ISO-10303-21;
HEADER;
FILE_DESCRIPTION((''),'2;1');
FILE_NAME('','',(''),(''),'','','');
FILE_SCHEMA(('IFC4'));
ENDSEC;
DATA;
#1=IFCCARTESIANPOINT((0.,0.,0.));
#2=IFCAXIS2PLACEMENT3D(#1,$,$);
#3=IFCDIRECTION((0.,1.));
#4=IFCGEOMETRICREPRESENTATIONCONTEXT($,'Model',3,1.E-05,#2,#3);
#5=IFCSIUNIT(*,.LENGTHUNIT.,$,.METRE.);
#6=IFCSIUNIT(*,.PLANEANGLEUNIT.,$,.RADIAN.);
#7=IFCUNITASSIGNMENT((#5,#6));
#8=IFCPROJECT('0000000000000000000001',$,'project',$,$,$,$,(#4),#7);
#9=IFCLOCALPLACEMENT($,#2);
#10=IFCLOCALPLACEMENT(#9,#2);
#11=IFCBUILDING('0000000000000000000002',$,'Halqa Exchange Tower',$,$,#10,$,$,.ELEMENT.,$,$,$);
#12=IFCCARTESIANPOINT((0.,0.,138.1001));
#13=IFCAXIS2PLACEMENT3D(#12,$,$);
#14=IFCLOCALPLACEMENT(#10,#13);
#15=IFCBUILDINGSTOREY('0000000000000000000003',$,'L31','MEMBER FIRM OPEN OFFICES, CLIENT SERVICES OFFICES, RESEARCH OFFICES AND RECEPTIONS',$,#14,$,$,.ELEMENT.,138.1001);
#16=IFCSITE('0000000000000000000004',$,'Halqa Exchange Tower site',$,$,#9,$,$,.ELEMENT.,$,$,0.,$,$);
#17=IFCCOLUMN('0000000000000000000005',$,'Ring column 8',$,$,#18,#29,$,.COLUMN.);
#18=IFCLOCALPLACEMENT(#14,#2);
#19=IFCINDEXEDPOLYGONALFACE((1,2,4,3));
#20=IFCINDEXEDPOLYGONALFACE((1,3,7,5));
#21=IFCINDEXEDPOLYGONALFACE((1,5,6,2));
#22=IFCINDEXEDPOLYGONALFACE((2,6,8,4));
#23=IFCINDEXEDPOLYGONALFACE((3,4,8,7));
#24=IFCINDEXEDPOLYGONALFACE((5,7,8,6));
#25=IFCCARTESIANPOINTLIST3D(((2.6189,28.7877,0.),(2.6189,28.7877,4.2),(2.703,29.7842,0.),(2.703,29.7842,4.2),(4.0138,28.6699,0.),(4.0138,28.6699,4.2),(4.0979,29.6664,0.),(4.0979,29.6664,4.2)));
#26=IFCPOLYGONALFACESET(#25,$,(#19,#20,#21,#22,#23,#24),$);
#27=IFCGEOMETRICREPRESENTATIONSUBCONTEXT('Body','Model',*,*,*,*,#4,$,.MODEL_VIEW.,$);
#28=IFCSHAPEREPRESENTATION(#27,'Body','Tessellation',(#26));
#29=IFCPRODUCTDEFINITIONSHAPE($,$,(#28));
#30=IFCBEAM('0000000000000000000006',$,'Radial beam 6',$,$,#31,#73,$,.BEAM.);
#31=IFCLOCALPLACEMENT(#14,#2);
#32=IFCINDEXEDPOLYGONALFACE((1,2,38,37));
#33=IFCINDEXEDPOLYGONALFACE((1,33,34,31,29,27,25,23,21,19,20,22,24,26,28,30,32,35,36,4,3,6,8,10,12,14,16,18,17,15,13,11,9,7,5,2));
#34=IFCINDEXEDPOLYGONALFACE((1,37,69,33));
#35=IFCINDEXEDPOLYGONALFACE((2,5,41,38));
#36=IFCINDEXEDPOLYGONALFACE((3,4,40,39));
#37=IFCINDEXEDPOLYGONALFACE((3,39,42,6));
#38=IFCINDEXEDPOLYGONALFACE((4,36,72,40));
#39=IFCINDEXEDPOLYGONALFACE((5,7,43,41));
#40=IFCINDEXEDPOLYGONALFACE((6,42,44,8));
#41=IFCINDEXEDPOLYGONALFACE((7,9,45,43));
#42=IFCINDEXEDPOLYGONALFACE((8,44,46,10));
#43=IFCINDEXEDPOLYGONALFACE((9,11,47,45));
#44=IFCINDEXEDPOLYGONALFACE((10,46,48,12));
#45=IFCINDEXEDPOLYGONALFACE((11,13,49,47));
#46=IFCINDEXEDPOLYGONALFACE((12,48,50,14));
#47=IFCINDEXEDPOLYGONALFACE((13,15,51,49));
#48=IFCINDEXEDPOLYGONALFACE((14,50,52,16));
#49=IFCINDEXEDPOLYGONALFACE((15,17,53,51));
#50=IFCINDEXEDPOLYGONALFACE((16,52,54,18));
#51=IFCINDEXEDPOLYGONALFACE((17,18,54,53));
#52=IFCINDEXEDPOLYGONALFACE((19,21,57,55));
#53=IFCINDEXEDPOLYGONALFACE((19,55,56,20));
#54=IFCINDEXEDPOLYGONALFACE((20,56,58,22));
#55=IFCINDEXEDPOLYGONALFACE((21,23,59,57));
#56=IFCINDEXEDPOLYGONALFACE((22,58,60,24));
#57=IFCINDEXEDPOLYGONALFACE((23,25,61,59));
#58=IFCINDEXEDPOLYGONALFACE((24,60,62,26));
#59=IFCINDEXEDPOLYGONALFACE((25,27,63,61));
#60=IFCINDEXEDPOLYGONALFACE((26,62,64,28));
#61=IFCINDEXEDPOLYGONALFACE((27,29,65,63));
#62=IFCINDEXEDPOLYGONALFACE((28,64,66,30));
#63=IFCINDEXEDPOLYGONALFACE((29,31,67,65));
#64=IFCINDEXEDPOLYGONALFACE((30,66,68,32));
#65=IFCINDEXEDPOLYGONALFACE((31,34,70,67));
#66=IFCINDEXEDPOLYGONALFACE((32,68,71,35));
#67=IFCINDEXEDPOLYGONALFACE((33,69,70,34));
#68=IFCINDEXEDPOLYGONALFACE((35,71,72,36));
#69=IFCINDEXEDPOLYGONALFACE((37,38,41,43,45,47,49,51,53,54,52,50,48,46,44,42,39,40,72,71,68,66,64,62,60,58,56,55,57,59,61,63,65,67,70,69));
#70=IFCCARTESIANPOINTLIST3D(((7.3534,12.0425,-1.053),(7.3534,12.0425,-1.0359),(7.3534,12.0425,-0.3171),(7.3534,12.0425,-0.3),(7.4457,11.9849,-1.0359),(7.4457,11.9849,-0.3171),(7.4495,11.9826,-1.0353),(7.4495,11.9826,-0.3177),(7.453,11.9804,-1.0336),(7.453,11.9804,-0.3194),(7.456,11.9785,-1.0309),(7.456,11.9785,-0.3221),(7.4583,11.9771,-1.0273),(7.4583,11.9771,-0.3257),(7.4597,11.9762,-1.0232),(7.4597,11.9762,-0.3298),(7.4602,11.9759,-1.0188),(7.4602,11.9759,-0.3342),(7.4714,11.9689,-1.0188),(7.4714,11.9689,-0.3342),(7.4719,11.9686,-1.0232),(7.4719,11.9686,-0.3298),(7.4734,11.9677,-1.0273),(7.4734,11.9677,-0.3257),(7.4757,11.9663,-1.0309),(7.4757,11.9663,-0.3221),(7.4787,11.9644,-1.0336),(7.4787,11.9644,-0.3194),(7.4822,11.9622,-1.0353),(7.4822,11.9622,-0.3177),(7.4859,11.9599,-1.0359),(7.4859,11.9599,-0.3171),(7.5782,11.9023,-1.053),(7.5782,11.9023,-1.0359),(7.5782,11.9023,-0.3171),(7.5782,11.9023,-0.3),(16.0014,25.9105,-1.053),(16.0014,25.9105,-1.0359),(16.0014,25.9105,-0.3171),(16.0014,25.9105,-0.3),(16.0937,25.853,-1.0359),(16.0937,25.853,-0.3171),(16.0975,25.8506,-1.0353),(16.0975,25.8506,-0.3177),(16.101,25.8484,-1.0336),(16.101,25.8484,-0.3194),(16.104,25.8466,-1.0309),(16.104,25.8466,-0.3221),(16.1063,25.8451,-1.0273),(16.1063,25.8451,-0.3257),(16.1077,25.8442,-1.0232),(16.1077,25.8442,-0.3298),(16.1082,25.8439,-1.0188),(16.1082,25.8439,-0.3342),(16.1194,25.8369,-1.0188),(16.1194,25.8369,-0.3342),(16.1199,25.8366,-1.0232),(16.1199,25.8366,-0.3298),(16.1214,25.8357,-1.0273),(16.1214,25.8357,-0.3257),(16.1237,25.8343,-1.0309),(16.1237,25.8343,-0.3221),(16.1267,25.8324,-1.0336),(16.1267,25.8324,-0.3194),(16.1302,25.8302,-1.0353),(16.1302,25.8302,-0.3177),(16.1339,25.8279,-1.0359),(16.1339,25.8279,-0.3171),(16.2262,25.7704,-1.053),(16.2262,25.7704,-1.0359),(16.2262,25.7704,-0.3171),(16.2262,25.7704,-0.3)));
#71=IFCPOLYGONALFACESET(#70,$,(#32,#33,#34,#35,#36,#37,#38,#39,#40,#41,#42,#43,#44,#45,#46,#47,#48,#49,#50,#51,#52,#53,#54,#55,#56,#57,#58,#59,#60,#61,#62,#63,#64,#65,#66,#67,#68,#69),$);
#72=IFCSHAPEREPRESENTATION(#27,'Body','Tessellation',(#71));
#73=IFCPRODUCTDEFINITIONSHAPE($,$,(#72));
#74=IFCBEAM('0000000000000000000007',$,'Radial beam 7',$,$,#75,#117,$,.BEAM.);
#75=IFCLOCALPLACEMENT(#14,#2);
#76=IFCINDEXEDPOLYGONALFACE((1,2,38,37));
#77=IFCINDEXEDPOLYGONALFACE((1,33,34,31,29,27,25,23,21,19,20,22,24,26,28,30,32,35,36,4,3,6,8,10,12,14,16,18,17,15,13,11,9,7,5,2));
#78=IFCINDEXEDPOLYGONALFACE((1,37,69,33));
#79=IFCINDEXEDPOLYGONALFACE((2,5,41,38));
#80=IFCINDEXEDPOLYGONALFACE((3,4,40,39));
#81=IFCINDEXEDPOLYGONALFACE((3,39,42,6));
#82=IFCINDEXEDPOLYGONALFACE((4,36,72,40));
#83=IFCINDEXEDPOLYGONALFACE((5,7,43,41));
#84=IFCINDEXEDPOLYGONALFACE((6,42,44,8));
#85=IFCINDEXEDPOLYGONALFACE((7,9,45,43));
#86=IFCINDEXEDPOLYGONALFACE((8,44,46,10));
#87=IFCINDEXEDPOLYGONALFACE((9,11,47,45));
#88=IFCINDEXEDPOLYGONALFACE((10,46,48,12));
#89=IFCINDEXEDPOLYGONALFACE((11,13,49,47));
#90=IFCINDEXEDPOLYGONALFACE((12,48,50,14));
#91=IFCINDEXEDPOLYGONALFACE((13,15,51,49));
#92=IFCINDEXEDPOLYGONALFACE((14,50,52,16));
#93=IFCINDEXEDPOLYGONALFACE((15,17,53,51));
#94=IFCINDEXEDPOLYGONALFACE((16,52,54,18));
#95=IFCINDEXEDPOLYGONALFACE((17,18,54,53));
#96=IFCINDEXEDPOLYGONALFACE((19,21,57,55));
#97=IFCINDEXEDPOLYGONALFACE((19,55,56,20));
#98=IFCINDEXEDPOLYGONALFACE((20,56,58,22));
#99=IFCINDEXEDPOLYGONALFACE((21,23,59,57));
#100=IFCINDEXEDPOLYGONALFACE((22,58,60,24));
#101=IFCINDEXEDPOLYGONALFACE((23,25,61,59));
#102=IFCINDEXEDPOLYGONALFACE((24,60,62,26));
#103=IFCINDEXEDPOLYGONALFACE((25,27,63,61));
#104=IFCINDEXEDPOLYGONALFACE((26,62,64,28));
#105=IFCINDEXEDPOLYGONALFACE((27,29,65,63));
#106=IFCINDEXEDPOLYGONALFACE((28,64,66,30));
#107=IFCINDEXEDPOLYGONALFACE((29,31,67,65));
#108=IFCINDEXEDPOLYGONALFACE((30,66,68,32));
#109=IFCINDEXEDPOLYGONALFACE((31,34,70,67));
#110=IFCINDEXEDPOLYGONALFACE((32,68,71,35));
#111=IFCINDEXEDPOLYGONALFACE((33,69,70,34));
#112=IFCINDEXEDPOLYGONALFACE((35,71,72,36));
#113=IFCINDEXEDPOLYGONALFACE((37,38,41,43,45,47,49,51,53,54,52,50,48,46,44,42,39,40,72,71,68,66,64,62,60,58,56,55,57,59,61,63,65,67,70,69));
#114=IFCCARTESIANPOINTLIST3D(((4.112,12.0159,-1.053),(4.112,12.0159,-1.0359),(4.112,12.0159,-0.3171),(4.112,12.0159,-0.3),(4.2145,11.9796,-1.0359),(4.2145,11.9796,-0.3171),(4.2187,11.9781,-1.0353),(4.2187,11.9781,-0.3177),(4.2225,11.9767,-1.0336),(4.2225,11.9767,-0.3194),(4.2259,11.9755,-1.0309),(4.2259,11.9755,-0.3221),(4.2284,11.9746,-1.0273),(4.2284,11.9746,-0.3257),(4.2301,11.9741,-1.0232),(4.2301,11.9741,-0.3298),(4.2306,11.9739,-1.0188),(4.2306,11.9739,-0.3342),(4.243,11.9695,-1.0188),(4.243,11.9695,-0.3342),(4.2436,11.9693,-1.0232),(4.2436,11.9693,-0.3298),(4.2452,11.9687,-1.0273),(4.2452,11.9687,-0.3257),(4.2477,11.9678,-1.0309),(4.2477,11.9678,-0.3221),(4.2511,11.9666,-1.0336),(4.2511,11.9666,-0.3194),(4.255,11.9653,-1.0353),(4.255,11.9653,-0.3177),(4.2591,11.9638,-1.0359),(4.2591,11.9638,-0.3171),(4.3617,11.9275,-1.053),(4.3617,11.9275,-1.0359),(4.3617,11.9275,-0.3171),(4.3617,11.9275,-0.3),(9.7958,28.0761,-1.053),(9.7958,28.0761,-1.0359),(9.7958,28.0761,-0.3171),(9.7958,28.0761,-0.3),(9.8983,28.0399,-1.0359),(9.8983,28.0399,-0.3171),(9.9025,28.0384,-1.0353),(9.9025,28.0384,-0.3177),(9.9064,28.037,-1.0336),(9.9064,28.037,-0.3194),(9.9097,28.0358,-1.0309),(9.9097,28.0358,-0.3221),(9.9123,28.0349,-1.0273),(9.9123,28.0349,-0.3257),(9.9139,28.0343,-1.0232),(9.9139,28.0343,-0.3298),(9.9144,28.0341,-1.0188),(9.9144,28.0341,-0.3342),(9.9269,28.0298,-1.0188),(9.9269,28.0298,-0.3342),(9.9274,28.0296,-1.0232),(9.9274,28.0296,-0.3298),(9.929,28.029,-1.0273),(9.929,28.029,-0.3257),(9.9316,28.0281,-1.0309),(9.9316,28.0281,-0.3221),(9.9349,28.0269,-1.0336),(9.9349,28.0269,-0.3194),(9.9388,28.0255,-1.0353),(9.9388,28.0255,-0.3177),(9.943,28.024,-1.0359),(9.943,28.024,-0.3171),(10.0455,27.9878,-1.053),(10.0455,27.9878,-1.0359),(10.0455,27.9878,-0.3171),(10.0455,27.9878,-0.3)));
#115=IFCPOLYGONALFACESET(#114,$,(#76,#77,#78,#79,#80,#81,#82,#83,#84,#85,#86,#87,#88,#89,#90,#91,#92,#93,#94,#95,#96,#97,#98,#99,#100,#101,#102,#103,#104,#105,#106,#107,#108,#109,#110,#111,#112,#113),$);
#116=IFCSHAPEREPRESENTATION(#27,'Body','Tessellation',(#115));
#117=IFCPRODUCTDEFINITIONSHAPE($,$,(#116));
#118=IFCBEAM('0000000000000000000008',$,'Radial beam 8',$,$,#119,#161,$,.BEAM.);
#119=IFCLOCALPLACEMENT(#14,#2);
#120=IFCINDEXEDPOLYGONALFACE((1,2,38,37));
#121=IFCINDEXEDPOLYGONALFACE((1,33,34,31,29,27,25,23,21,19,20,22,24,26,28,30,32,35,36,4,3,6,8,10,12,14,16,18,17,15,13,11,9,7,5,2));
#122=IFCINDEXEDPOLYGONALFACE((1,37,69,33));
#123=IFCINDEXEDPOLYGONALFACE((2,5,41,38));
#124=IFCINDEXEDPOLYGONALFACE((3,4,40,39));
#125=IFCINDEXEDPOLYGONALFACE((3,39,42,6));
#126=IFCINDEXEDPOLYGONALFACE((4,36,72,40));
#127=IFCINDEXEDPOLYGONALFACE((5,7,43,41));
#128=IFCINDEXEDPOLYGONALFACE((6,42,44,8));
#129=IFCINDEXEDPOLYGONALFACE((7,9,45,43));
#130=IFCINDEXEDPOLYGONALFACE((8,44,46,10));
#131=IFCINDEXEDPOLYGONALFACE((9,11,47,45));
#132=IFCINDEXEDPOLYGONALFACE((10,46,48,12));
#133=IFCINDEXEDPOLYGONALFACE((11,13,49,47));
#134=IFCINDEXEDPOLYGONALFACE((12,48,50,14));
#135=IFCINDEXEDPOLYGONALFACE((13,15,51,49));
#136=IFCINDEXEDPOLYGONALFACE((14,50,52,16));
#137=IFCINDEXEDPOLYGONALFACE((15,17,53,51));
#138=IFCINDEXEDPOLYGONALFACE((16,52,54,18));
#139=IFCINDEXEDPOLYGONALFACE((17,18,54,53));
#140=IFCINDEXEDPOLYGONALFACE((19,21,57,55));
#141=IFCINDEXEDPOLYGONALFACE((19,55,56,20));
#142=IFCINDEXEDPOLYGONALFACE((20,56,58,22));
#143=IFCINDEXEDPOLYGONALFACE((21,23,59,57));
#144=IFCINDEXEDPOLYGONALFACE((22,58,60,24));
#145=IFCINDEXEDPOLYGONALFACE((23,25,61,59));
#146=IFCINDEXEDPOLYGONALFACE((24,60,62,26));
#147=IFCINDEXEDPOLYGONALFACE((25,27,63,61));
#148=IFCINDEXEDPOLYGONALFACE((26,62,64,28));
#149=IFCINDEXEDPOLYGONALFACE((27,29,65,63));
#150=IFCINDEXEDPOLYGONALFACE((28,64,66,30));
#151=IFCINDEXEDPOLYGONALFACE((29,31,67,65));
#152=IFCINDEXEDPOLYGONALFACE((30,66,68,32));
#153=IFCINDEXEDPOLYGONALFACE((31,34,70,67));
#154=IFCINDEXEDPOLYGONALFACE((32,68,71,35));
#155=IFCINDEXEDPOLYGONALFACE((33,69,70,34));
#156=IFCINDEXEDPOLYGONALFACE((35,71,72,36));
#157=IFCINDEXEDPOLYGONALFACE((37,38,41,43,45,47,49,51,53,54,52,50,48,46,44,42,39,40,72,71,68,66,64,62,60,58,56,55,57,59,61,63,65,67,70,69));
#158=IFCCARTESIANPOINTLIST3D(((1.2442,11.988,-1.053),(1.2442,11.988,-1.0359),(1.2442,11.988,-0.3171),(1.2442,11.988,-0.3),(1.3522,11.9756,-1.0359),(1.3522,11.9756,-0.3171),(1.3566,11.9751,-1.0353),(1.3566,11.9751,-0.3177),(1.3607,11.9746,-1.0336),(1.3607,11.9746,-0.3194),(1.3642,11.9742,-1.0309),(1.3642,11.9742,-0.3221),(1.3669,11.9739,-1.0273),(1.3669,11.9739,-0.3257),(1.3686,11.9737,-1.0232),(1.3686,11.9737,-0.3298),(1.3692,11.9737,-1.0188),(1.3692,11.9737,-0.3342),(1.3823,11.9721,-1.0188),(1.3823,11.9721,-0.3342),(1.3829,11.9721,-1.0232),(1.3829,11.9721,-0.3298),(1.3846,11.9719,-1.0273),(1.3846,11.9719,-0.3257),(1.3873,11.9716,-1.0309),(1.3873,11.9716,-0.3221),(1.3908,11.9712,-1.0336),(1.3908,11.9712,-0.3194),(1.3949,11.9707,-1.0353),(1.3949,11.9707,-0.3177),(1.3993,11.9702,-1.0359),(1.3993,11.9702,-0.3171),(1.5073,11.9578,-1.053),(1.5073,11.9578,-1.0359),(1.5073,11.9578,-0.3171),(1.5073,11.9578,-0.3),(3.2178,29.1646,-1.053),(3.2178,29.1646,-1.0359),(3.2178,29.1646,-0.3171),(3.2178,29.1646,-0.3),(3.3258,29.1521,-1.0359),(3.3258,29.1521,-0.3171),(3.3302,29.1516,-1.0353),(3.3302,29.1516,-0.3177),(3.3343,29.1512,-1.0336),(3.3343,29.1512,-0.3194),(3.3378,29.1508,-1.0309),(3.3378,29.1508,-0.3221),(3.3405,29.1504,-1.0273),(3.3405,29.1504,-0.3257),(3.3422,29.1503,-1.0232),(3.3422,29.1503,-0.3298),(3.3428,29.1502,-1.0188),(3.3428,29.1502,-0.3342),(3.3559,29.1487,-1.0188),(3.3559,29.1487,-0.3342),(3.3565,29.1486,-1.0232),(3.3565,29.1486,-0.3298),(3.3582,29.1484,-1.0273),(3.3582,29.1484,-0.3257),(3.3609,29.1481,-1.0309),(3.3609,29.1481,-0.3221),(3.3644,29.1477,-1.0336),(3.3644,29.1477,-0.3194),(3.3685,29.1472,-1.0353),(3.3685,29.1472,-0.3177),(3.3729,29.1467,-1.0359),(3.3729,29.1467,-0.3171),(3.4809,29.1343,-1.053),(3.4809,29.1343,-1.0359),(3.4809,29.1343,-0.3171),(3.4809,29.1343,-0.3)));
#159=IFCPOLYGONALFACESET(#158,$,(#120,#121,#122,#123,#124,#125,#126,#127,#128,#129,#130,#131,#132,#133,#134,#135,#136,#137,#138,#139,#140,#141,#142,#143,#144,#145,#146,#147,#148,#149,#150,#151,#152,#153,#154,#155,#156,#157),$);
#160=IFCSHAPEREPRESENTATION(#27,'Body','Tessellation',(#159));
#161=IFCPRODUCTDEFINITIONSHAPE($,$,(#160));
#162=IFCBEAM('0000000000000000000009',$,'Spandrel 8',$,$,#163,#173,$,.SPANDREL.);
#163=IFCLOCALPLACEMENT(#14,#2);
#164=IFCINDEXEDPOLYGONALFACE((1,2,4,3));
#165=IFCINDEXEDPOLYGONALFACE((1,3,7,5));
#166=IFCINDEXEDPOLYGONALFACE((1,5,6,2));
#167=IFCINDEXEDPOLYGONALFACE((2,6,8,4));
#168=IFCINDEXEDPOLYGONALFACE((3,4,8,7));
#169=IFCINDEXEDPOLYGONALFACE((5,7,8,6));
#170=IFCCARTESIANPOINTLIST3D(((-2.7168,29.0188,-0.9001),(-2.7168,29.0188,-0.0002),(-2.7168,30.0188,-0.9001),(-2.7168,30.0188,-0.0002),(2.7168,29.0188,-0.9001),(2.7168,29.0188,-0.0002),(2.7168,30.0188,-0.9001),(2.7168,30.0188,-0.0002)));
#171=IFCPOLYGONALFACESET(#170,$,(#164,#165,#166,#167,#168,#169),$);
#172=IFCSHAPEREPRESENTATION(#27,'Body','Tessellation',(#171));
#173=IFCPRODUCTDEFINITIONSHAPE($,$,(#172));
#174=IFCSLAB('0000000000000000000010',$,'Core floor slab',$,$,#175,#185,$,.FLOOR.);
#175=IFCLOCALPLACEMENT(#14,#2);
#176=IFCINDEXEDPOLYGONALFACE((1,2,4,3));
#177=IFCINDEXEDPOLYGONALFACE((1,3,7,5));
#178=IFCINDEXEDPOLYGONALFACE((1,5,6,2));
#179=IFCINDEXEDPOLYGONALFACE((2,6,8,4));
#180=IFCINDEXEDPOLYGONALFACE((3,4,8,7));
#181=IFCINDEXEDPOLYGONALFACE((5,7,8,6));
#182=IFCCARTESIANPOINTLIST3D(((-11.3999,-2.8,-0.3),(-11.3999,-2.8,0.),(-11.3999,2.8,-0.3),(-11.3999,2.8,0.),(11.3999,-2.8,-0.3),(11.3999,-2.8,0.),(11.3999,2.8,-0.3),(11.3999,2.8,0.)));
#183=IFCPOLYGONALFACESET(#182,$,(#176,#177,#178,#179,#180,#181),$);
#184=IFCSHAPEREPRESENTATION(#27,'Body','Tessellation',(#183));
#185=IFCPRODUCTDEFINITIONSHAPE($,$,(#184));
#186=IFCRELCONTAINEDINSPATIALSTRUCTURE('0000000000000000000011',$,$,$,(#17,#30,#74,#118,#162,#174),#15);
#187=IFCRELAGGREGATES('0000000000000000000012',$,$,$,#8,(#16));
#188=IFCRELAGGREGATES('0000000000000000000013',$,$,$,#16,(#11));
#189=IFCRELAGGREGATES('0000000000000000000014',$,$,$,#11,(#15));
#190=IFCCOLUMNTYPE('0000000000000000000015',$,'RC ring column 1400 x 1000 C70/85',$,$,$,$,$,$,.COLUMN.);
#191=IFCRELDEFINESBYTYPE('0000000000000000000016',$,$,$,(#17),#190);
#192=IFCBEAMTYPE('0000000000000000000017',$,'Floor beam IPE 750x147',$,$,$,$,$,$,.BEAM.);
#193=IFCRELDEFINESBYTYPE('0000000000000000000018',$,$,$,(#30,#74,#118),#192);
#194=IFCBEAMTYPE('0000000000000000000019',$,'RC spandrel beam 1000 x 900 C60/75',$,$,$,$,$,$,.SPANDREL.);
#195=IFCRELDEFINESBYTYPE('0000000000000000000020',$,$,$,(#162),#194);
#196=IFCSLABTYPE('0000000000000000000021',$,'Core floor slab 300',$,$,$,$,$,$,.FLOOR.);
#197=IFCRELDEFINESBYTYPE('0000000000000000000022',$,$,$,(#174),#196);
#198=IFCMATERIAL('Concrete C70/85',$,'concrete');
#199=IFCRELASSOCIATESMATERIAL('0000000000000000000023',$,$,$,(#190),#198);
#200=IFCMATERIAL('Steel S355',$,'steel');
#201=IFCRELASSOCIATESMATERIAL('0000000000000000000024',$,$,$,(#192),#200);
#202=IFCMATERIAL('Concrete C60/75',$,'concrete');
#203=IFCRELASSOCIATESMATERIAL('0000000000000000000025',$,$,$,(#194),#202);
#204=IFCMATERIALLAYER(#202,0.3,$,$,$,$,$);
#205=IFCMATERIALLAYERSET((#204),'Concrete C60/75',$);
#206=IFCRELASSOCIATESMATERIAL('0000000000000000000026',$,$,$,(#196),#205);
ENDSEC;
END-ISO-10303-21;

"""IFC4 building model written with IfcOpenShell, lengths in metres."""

from ifc_helpers import new_model, si_unit, direction, frame, origin, origin_2d, place, context, subcontext, project, spatial, polyline, rectangle, i_section, outline, extrude, material, layer, layer_set, material_profile, profile_set, type_object, element, save


model = new_model("IFC4")

# Units and contexts
model_context = context("Model", 3, precision=1e-05, world=origin(), true_north=direction((0.0, 1.0)))
body_context = subcontext(model_context, "Body", "Model", "MODEL_VIEW")
ifc_project = project(units=[si_unit("LENGTHUNIT", "METRE"), si_unit("PLANEANGLEUNIT", "RADIAN")], contexts=[model_context])

# Site, building, storey
site_placement = place(None, origin())
site = spatial("IfcSite", under=ifc_project, at=site_placement, Name="Halqa Exchange Tower site", CompositionType="ELEMENT", RefElevation=0.0)
building_placement = place(site_placement, origin())
building = spatial("IfcBuilding", under=site, at=building_placement, Name="Halqa Exchange Tower", CompositionType="ELEMENT")
storey_placement = place(building_placement, frame((0.0, 0.0, 138.1001)))
storey = spatial("IfcBuildingStorey", under=building, at=storey_placement, Name="L31", Description="MEMBER FIRM OPEN OFFICES, CLIENT SERVICES OFFICES, RESEARCH OFFICES AND RECEPTIONS", CompositionType="ELEMENT", Elevation=138.1001)

# Column
ifc_material_1 = material(Name="Concrete C70/85", Category="concrete")
ifc_material_profile_1 = material_profile(ifc_material_1, rectangle(XDim=1.3999, YDim=1.0, at=origin_2d()), Name="1400 x 1000")
ifc_profile_set_1 = profile_set([ifc_material_profile_1], Name="Concrete C70/85")
column_type = type_object("IfcColumnType", Name="RC ring column 1400 x 1000 C70/85", PredefinedType="COLUMN", material=ifc_profile_set_1)
column_placement = place(storey_placement, frame((3.3584, 29.2271, 0.0), z_axis=(0.0, 0.0, 1.0), x_axis=(-0.996455, 0.084123, 0.0)))
element("IfcColumn", 1, at=column_placement, inside=storey, type_object=column_type, Name="Ring column 8", PredefinedType="COLUMN", context=body_context, shape_type="SweptSolid", body=[
    extrude(rectangle(XDim=1.3999, YDim=1.0, at=origin_2d()), origin(), (0.0, 0.0, 1.0), 4.2),
])

# Beams
ifc_material_2 = material(Name="Steel S355", Category="steel")
ifc_material_profile_2 = material_profile(ifc_material_2, i_section(OverallWidth=0.2649, OverallDepth=0.7529, WebThickness=0.0132, FlangeThickness=0.0171, FilletRadius=0.0171, at=origin_2d()), Name="IPE 750x147")
ifc_profile_set_2 = profile_set([ifc_material_profile_2], Name="Steel S355")
beam_type_1 = type_object("IfcBeamType", Name="Floor beam IPE 750x147", PredefinedType="BEAM", material=ifc_profile_set_2)
beam_1_placement = place(storey_placement, frame((7.4658, 11.9724, -0.6765), z_axis=(0.529141, 0.848534, 0.0), x_axis=(-0.848534, 0.529141, 0.0)))
element("IfcBeam", 2, at=beam_1_placement, inside=storey, type_object=beam_type_1, Name="Radial beam 6", PredefinedType="BEAM", context=body_context, shape_type="SweptSolid", body=[
    extrude(i_section(OverallWidth=0.2649, OverallDepth=0.7529, WebThickness=0.0132, FlangeThickness=0.0171, FilletRadius=0.0171, at=origin_2d()), origin(), (0.0, 0.0, 1.0), 16.3435),
])
beam_2_placement = place(storey_placement, frame((4.2368, 11.9717, -0.6765), z_axis=(0.333629, 0.942705, 0.0), x_axis=(-0.942705, 0.333629, 0.0)))
element("IfcBeam", 3, at=beam_2_placement, inside=storey, type_object=beam_type_1, Name="Radial beam 7", PredefinedType="BEAM", context=body_context, shape_type="SweptSolid", body=[
    extrude(i_section(OverallWidth=0.2649, OverallDepth=0.7529, WebThickness=0.0132, FlangeThickness=0.0171, FilletRadius=0.0171, at=origin_2d()), origin(), (0.0, 0.0, 1.0), 17.0364),
])
beam_3_placement = place(storey_placement, frame((1.3757, 11.9729, -0.6765), z_axis=(0.114152, 0.993463, 0.0), x_axis=(-0.993463, 0.114152, 0.0)))
element("IfcBeam", 4, at=beam_3_placement, inside=storey, type_object=beam_type_1, Name="Radial beam 8", PredefinedType="BEAM", context=body_context, shape_type="SweptSolid", body=[
    extrude(i_section(OverallWidth=0.2649, OverallDepth=0.7529, WebThickness=0.0132, FlangeThickness=0.0171, FilletRadius=0.0171, at=origin_2d()), origin(), (0.0, 0.0, 1.0), 17.2896),
])
ifc_material_3 = material(Name="Concrete C60/75", Category="concrete")
ifc_material_profile_3 = material_profile(ifc_material_3, rectangle(XDim=1.0, YDim=0.8999, at=origin_2d()), Name="1000 x 900")
ifc_profile_set_3 = profile_set([ifc_material_profile_3], Name="Concrete C60/75")
beam_type_2 = type_object("IfcBeamType", Name="RC spandrel beam 1000 x 900 C60/75", PredefinedType="SPANDREL", material=ifc_profile_set_3)
beam_4_placement = place(storey_placement, frame((2.7168, 29.5188, -0.4502), z_axis=(-1.0, 0.0, 0.0), x_axis=(0.0, -1.0, 0.0)))
element("IfcBeam", 5, at=beam_4_placement, inside=storey, type_object=beam_type_2, Name="Spandrel 8", PredefinedType="SPANDREL", context=body_context, shape_type="SweptSolid", body=[
    extrude(rectangle(XDim=1.0, YDim=0.8999, at=origin_2d()), origin(), (0.0, 0.0, 1.0), 5.4336),
])

# Slab
ifc_layer_1 = layer(ifc_material_3, 0.3)
ifc_layer_set_1 = layer_set([ifc_layer_1], Name="Concrete C60/75")
slab_type_1 = type_object("IfcSlabType", Name="Core floor slab 300", PredefinedType="FLOOR", material=ifc_layer_set_1)
slab_1_placement = place(storey_placement, frame((0.0, 0.0, -0.3)))
element("IfcSlab", 6, at=slab_1_placement, inside=storey, type_object=slab_type_1, Name="Core floor slab", PredefinedType="FLOOR", context=body_context, shape_type="SweptSolid", body=[
    extrude(outline(polyline([(-11.3999, 2.8), (11.3999, 2.8), (11.3999, -2.8), (-11.3999, -2.8), (-11.3999, 2.8)])), origin(), (0.0, 0.0, 1.0), 0.3),
])

save(model, "model.ifc")
